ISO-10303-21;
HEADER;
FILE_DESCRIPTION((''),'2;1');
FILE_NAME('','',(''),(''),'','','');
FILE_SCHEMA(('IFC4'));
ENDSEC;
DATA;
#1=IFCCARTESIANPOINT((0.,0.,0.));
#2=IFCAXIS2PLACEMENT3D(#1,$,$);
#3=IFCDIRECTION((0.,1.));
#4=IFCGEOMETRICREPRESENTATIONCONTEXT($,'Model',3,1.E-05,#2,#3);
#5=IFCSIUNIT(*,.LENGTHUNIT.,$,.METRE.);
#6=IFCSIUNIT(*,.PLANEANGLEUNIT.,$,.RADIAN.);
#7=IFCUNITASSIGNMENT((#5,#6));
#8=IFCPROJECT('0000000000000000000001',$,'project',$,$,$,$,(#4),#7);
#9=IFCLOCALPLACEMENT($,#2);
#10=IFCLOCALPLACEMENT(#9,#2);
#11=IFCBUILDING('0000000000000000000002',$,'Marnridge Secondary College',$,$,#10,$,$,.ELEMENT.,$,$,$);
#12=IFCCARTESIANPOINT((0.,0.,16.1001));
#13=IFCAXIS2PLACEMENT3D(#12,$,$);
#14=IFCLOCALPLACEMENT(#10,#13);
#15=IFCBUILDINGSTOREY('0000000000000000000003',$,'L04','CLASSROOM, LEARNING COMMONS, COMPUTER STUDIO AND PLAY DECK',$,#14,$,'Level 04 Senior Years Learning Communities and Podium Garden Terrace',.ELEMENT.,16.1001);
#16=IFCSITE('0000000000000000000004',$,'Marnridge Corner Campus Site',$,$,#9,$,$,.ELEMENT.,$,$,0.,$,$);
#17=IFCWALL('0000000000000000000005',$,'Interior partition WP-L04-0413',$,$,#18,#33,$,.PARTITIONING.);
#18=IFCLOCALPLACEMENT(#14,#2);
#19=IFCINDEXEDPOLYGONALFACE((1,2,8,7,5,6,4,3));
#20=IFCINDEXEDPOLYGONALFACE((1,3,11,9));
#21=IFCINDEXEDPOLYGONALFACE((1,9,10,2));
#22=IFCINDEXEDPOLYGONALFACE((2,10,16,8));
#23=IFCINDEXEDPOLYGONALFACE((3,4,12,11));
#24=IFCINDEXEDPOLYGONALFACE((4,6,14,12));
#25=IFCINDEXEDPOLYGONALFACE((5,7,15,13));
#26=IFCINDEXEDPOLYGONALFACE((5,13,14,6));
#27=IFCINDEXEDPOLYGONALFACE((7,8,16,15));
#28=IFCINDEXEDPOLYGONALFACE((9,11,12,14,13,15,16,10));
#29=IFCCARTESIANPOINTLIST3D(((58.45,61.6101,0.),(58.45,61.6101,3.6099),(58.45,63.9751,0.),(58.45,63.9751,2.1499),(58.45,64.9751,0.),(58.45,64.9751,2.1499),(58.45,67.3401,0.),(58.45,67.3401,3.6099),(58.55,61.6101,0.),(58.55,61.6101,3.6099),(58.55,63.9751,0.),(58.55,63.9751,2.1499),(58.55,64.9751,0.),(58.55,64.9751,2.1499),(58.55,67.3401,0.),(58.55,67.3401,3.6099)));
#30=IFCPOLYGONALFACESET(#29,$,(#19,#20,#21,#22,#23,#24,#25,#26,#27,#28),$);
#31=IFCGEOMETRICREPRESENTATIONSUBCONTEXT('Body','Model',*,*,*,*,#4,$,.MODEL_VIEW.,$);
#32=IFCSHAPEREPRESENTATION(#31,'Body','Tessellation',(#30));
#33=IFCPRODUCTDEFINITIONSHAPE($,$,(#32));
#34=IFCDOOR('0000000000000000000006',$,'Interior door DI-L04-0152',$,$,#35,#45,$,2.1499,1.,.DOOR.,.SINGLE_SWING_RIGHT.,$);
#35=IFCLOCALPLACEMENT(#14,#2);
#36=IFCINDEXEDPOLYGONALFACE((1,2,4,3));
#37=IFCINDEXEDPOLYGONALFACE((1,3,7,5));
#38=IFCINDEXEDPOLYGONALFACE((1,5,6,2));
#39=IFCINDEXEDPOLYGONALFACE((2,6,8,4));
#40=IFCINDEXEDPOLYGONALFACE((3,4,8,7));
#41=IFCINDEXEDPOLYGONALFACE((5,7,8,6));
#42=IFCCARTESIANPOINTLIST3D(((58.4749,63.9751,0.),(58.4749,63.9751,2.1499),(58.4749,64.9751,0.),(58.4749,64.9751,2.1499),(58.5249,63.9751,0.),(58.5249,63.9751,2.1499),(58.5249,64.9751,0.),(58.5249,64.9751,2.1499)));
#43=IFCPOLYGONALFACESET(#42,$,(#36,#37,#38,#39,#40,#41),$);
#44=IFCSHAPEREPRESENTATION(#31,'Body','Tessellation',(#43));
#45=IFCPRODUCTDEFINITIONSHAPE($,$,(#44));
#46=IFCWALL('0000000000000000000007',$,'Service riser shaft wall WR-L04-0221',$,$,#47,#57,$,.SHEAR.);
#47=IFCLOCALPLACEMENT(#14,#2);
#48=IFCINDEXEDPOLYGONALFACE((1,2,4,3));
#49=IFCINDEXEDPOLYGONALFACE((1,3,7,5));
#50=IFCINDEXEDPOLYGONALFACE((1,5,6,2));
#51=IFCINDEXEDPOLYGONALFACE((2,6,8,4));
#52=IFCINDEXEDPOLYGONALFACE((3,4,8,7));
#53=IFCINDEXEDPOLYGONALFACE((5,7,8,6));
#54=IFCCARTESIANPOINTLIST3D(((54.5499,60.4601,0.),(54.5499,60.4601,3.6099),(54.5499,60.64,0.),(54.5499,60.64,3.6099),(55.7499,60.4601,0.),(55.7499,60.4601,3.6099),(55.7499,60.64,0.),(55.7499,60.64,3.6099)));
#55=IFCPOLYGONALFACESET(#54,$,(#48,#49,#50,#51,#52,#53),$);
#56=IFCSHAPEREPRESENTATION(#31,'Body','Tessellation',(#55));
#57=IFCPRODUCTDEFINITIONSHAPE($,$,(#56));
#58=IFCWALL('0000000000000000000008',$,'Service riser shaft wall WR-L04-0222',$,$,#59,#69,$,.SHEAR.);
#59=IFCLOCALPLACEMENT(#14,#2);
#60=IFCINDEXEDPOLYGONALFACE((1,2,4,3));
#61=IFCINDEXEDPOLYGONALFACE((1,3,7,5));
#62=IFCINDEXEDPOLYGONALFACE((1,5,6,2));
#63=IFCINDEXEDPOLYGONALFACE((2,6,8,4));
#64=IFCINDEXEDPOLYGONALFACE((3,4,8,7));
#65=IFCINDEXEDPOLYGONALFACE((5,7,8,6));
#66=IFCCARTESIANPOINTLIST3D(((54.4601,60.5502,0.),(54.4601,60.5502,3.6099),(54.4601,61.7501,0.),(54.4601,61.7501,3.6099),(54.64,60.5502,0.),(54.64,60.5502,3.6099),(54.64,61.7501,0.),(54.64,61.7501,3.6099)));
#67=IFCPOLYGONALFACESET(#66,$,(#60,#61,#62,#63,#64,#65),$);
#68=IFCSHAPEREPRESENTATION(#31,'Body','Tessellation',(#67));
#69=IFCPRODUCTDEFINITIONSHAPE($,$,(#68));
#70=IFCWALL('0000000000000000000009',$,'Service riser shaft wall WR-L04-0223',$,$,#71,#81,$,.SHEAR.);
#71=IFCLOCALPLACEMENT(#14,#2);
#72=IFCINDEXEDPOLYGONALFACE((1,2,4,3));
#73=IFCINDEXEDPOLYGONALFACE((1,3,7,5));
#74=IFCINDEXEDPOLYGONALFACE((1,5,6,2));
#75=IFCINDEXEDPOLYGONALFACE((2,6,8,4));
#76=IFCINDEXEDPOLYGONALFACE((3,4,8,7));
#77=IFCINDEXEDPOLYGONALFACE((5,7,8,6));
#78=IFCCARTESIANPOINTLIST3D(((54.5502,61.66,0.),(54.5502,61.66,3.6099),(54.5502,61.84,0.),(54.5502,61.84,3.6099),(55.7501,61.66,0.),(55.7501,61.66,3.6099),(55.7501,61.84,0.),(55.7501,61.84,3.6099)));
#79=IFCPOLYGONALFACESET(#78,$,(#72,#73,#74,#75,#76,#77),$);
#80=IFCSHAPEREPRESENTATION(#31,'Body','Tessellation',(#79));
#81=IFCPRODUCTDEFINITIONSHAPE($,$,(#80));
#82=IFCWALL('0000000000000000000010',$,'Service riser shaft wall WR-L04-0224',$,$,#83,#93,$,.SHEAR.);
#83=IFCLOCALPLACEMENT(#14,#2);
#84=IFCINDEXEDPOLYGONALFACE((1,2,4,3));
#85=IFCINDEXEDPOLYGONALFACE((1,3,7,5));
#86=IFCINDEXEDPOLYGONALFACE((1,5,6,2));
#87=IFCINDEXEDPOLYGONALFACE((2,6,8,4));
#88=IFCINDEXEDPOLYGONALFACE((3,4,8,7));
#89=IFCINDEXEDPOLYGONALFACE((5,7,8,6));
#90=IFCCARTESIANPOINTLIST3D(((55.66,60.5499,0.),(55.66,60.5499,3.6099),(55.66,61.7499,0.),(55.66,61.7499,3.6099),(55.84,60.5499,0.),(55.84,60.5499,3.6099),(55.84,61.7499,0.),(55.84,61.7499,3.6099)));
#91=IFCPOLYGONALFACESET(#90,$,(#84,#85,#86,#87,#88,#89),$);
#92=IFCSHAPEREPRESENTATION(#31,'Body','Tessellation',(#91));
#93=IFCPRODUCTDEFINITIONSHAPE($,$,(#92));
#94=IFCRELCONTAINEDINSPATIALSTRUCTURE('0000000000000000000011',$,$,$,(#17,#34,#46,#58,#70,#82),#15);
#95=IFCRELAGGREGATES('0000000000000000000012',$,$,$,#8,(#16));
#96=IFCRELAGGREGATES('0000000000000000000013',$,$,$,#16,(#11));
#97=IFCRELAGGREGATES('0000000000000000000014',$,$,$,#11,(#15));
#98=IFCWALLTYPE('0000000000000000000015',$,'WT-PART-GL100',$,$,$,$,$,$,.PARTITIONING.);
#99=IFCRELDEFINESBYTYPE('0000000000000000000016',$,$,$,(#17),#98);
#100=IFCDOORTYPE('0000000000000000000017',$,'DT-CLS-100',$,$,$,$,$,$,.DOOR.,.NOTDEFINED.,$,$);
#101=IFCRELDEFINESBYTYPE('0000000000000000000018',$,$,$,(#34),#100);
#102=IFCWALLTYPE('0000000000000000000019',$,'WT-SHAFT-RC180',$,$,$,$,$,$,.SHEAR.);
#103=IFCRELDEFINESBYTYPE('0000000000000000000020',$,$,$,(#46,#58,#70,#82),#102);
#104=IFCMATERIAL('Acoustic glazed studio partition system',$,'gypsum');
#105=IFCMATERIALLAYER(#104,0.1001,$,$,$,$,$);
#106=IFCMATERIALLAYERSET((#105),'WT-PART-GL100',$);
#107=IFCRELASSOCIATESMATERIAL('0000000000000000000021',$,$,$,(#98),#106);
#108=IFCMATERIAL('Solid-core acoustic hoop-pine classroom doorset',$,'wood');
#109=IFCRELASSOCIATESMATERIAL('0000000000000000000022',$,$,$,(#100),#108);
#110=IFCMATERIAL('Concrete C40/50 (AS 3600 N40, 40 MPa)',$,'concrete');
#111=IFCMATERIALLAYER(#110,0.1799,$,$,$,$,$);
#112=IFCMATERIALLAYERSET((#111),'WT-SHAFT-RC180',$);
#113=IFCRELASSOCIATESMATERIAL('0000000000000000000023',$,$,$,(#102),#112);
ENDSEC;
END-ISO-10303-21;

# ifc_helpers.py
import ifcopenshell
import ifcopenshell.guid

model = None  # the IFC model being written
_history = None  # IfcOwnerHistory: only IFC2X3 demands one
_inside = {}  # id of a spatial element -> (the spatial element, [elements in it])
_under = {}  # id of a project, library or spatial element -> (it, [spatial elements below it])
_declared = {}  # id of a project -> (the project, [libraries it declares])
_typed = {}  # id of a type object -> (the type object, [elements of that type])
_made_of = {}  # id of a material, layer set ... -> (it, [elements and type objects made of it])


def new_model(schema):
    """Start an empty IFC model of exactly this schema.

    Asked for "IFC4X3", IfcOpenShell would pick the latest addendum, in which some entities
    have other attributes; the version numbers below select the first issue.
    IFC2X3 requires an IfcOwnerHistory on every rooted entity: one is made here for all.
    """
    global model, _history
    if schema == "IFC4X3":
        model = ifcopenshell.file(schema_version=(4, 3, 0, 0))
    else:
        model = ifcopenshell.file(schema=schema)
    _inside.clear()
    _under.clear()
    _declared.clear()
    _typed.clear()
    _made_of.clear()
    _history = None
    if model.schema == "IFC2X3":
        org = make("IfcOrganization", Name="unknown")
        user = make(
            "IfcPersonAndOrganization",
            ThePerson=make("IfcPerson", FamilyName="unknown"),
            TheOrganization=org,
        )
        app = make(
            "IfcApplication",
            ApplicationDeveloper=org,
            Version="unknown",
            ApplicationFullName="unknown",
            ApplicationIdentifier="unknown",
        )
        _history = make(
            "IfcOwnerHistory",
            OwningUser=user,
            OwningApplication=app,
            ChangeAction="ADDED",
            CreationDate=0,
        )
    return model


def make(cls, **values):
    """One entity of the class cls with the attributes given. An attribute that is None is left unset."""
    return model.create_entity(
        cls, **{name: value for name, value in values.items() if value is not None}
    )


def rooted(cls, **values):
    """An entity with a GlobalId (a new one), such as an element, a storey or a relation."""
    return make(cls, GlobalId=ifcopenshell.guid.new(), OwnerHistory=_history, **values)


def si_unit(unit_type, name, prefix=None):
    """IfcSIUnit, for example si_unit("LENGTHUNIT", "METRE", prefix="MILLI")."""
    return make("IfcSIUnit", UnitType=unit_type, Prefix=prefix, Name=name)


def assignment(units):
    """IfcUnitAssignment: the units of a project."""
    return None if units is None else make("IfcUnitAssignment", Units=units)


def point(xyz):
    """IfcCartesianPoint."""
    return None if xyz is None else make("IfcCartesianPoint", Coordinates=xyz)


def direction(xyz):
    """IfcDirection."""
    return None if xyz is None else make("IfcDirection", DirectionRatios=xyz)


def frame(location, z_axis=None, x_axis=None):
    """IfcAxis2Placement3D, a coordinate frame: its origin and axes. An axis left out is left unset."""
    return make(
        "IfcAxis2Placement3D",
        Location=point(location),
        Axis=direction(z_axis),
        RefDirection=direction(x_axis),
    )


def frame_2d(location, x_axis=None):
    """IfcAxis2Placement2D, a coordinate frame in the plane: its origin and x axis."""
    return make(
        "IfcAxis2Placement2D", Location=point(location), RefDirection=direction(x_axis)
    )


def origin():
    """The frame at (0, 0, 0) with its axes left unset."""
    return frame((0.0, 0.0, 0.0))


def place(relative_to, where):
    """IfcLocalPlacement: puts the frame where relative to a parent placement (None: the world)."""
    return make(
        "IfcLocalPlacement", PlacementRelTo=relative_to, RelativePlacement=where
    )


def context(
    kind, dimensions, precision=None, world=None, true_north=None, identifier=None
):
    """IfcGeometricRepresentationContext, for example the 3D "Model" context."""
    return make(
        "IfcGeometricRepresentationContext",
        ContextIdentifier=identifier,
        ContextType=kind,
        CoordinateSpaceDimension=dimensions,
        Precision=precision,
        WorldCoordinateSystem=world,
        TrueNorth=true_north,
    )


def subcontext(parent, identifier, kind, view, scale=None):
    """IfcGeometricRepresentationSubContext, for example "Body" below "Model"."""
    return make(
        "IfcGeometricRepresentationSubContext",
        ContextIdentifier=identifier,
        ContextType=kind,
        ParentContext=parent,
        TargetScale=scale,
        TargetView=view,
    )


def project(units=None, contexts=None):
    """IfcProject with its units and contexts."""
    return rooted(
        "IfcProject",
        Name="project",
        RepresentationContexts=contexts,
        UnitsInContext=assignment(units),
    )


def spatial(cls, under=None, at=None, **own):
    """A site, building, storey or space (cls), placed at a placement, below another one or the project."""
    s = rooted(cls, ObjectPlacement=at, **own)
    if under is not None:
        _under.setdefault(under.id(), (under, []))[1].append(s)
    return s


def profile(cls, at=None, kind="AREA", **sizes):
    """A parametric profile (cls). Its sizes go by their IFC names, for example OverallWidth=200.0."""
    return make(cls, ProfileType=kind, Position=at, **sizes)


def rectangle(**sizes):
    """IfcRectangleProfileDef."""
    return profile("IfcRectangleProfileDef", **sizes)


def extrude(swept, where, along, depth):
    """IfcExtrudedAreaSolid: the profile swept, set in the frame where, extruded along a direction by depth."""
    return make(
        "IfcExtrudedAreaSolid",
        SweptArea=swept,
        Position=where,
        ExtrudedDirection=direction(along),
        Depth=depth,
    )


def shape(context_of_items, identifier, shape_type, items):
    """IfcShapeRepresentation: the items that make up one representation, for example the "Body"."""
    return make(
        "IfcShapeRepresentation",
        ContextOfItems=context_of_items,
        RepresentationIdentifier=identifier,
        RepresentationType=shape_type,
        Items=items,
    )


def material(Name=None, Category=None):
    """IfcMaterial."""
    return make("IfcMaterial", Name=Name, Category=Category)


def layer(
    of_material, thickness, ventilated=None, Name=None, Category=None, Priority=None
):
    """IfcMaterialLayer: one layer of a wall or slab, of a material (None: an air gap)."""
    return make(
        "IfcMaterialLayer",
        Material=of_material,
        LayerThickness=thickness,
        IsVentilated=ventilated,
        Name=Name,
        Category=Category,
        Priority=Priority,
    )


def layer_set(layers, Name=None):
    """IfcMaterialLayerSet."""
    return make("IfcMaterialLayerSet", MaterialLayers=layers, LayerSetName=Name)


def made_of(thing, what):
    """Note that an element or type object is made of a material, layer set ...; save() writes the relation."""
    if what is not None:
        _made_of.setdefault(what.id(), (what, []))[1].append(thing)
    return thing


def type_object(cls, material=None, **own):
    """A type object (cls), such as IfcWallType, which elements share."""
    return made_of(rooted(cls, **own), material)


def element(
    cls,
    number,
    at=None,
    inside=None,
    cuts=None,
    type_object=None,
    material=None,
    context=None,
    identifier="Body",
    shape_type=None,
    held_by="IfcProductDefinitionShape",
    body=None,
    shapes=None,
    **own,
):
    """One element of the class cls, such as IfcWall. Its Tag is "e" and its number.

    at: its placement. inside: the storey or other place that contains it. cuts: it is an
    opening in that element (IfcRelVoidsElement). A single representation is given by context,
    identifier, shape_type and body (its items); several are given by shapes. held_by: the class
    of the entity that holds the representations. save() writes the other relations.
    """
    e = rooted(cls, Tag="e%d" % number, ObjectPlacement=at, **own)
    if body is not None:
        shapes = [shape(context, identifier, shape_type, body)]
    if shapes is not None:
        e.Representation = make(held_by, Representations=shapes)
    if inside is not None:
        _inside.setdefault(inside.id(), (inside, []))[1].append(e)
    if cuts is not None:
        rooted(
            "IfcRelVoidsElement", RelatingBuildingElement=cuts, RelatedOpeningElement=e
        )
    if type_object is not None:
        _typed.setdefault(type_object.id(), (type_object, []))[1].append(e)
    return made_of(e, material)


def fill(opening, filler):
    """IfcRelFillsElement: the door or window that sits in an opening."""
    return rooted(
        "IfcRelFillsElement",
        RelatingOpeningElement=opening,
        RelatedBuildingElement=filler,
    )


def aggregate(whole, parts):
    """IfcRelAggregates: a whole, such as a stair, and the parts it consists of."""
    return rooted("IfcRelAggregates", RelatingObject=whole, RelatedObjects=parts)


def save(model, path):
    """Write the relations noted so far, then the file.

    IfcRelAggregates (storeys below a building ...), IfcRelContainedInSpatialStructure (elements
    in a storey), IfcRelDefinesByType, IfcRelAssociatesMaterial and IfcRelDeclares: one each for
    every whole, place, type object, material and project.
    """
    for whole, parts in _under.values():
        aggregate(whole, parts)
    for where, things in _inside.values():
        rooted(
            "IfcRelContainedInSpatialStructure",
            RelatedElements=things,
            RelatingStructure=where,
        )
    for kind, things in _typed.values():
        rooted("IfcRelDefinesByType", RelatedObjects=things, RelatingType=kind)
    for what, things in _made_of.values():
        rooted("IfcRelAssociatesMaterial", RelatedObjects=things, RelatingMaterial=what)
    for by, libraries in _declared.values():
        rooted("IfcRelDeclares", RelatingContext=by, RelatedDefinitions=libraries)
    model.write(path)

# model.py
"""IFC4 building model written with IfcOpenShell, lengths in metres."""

from ifc_helpers import new_model, si_unit, direction, frame, frame_2d, origin, place, context, subcontext, project, spatial, rectangle, extrude, material, layer, layer_set, type_object, element, fill, save


model = new_model("IFC4")

# Units and contexts
model_context = context("Model", 3, precision=1e-05, world=origin(), true_north=direction((0.0, 1.0)))
body_context = subcontext(model_context, "Body", "Model", "MODEL_VIEW")
ifc_project = project(units=[si_unit("LENGTHUNIT", "METRE"), si_unit("PLANEANGLEUNIT", "RADIAN")], contexts=[model_context])

# Site, building, storey
site_placement = place(None, origin())
site = spatial("IfcSite", under=ifc_project, at=site_placement, Name="Marnridge Corner Campus Site", CompositionType="ELEMENT", RefElevation=0.0)
building_placement = place(site_placement, origin())
building = spatial("IfcBuilding", under=site, at=building_placement, Name="Marnridge Secondary College", CompositionType="ELEMENT")
storey_placement = place(building_placement, frame((0.0, 0.0, 16.1001)))
storey = spatial("IfcBuildingStorey", under=building, at=storey_placement, Name="L04", Description="CLASSROOM, LEARNING COMMONS, COMPUTER STUDIO AND PLAY DECK", LongName="Level 04 Senior Years Learning Communities and Podium Garden Terrace", CompositionType="ELEMENT", Elevation=16.1001)

# Wall, opening, door
ifc_material_1 = material(Name="Acoustic glazed studio partition system", Category="gypsum")
ifc_layer_1 = layer(ifc_material_1, 0.1001)
ifc_layer_set_1 = layer_set([ifc_layer_1], Name="WT-PART-GL100")
wall_type_1 = type_object("IfcWallType", Name="WT-PART-GL100", PredefinedType="PARTITIONING", material=ifc_layer_set_1)
wall_1_placement = place(storey_placement, frame((58.5, 67.3401, 0.0), z_axis=(0.0, 0.0, 1.0), x_axis=(0.0, -1.0, 0.0)))
wall_1 = element("IfcWall", 1, at=wall_1_placement, inside=storey, type_object=wall_type_1, Name="Interior partition WP-L04-0413", PredefinedType="PARTITIONING", context=body_context, shape_type="SweptSolid", body=[
    extrude(rectangle(XDim=5.73, YDim=0.1001, at=frame_2d((2.865, 0.0))), origin(), (0.0, 0.0, 1.0), 3.6099),
])
opening_1_placement = place(wall_1_placement, frame((2.365, 0.0, 0.0)))
opening_1 = element("IfcOpeningElement", 2, at=opening_1_placement, cuts=wall_1, PredefinedType="OPENING", context=body_context, shape_type="SweptSolid", body=[
    extrude(rectangle(XDim=1.0, YDim=2.1499, at=frame_2d((0.5, 1.075))), frame((0.0, 0.0601, 0.0), z_axis=(0.0, -1.0, 0.0), x_axis=(1.0, 0.0, 0.0)), (0.0, 0.0, 1.0), 0.1201),
])
ifc_material_2 = material(Name="Solid-core acoustic hoop-pine classroom doorset", Category="wood")
door_type_1 = type_object("IfcDoorType", Name="DT-CLS-100", OperationType="NOTDEFINED", PredefinedType="DOOR", material=ifc_material_2)
door_1_placement = place(opening_1_placement, origin())
door_1 = element("IfcDoor", 3, at=door_1_placement, inside=storey, type_object=door_type_1, Name="Interior door DI-L04-0152", OperationType="SINGLE_SWING_RIGHT", OverallHeight=2.1499, OverallWidth=1.0, PredefinedType="DOOR", context=body_context, shape_type="SweptSolid", body=[
    extrude(rectangle(XDim=1.0, YDim=2.1499, at=frame_2d((0.5, 1.075))), frame((0.0, 0.0249, 0.0), z_axis=(0.0, -1.0, 0.0), x_axis=(1.0, 0.0, 0.0)), (0.0, 0.0, 1.0), 0.05),
])
fill(opening_1, door_1)

# Walls
ifc_material_3 = material(Name="Concrete C40/50 (AS 3600 N40, 40 MPa)", Category="concrete")
ifc_layer_2 = layer(ifc_material_3, 0.1799)
ifc_layer_set_2 = layer_set([ifc_layer_2], Name="WT-SHAFT-RC180")
wall_type_2 = type_object("IfcWallType", Name="WT-SHAFT-RC180", PredefinedType="SHEAR", material=ifc_layer_set_2)
for number, where, z_axis, x_axis, name in (
    (4, (55.75, 60.55, 0.0), (0.0, 0.0, 1.0), (-1.0, 0.0, 0.0), "Service riser shaft wall WR-L04-0221"),
    (5, (54.55, 60.55, 0.0), (0.0, 0.0, 1.0), (0.0, 1.0, 0.0), "Service riser shaft wall WR-L04-0222"),
    (6, (54.55, 61.75, 0.0), (0.0, 0.0, 1.0), (1.0, 0.0, 0.0), "Service riser shaft wall WR-L04-0223"),
    (7, (55.75, 61.75, 0.0), (0.0, 0.0, 1.0), (0.0, -1.0, 0.0), "Service riser shaft wall WR-L04-0224"),
):
    element("IfcWall", number, at=place(storey_placement, frame(where, z_axis=z_axis, x_axis=x_axis)), inside=storey, type_object=wall_type_2, Name=name, PredefinedType="SHEAR", context=body_context, shape_type="SweptSolid", body=[
        extrude(rectangle(XDim=1.2, YDim=0.1799, at=frame_2d((0.6001, 0.0))), origin(), (0.0, 0.0, 1.0), 3.6099),
    ])

save(model, "model.ifc")
